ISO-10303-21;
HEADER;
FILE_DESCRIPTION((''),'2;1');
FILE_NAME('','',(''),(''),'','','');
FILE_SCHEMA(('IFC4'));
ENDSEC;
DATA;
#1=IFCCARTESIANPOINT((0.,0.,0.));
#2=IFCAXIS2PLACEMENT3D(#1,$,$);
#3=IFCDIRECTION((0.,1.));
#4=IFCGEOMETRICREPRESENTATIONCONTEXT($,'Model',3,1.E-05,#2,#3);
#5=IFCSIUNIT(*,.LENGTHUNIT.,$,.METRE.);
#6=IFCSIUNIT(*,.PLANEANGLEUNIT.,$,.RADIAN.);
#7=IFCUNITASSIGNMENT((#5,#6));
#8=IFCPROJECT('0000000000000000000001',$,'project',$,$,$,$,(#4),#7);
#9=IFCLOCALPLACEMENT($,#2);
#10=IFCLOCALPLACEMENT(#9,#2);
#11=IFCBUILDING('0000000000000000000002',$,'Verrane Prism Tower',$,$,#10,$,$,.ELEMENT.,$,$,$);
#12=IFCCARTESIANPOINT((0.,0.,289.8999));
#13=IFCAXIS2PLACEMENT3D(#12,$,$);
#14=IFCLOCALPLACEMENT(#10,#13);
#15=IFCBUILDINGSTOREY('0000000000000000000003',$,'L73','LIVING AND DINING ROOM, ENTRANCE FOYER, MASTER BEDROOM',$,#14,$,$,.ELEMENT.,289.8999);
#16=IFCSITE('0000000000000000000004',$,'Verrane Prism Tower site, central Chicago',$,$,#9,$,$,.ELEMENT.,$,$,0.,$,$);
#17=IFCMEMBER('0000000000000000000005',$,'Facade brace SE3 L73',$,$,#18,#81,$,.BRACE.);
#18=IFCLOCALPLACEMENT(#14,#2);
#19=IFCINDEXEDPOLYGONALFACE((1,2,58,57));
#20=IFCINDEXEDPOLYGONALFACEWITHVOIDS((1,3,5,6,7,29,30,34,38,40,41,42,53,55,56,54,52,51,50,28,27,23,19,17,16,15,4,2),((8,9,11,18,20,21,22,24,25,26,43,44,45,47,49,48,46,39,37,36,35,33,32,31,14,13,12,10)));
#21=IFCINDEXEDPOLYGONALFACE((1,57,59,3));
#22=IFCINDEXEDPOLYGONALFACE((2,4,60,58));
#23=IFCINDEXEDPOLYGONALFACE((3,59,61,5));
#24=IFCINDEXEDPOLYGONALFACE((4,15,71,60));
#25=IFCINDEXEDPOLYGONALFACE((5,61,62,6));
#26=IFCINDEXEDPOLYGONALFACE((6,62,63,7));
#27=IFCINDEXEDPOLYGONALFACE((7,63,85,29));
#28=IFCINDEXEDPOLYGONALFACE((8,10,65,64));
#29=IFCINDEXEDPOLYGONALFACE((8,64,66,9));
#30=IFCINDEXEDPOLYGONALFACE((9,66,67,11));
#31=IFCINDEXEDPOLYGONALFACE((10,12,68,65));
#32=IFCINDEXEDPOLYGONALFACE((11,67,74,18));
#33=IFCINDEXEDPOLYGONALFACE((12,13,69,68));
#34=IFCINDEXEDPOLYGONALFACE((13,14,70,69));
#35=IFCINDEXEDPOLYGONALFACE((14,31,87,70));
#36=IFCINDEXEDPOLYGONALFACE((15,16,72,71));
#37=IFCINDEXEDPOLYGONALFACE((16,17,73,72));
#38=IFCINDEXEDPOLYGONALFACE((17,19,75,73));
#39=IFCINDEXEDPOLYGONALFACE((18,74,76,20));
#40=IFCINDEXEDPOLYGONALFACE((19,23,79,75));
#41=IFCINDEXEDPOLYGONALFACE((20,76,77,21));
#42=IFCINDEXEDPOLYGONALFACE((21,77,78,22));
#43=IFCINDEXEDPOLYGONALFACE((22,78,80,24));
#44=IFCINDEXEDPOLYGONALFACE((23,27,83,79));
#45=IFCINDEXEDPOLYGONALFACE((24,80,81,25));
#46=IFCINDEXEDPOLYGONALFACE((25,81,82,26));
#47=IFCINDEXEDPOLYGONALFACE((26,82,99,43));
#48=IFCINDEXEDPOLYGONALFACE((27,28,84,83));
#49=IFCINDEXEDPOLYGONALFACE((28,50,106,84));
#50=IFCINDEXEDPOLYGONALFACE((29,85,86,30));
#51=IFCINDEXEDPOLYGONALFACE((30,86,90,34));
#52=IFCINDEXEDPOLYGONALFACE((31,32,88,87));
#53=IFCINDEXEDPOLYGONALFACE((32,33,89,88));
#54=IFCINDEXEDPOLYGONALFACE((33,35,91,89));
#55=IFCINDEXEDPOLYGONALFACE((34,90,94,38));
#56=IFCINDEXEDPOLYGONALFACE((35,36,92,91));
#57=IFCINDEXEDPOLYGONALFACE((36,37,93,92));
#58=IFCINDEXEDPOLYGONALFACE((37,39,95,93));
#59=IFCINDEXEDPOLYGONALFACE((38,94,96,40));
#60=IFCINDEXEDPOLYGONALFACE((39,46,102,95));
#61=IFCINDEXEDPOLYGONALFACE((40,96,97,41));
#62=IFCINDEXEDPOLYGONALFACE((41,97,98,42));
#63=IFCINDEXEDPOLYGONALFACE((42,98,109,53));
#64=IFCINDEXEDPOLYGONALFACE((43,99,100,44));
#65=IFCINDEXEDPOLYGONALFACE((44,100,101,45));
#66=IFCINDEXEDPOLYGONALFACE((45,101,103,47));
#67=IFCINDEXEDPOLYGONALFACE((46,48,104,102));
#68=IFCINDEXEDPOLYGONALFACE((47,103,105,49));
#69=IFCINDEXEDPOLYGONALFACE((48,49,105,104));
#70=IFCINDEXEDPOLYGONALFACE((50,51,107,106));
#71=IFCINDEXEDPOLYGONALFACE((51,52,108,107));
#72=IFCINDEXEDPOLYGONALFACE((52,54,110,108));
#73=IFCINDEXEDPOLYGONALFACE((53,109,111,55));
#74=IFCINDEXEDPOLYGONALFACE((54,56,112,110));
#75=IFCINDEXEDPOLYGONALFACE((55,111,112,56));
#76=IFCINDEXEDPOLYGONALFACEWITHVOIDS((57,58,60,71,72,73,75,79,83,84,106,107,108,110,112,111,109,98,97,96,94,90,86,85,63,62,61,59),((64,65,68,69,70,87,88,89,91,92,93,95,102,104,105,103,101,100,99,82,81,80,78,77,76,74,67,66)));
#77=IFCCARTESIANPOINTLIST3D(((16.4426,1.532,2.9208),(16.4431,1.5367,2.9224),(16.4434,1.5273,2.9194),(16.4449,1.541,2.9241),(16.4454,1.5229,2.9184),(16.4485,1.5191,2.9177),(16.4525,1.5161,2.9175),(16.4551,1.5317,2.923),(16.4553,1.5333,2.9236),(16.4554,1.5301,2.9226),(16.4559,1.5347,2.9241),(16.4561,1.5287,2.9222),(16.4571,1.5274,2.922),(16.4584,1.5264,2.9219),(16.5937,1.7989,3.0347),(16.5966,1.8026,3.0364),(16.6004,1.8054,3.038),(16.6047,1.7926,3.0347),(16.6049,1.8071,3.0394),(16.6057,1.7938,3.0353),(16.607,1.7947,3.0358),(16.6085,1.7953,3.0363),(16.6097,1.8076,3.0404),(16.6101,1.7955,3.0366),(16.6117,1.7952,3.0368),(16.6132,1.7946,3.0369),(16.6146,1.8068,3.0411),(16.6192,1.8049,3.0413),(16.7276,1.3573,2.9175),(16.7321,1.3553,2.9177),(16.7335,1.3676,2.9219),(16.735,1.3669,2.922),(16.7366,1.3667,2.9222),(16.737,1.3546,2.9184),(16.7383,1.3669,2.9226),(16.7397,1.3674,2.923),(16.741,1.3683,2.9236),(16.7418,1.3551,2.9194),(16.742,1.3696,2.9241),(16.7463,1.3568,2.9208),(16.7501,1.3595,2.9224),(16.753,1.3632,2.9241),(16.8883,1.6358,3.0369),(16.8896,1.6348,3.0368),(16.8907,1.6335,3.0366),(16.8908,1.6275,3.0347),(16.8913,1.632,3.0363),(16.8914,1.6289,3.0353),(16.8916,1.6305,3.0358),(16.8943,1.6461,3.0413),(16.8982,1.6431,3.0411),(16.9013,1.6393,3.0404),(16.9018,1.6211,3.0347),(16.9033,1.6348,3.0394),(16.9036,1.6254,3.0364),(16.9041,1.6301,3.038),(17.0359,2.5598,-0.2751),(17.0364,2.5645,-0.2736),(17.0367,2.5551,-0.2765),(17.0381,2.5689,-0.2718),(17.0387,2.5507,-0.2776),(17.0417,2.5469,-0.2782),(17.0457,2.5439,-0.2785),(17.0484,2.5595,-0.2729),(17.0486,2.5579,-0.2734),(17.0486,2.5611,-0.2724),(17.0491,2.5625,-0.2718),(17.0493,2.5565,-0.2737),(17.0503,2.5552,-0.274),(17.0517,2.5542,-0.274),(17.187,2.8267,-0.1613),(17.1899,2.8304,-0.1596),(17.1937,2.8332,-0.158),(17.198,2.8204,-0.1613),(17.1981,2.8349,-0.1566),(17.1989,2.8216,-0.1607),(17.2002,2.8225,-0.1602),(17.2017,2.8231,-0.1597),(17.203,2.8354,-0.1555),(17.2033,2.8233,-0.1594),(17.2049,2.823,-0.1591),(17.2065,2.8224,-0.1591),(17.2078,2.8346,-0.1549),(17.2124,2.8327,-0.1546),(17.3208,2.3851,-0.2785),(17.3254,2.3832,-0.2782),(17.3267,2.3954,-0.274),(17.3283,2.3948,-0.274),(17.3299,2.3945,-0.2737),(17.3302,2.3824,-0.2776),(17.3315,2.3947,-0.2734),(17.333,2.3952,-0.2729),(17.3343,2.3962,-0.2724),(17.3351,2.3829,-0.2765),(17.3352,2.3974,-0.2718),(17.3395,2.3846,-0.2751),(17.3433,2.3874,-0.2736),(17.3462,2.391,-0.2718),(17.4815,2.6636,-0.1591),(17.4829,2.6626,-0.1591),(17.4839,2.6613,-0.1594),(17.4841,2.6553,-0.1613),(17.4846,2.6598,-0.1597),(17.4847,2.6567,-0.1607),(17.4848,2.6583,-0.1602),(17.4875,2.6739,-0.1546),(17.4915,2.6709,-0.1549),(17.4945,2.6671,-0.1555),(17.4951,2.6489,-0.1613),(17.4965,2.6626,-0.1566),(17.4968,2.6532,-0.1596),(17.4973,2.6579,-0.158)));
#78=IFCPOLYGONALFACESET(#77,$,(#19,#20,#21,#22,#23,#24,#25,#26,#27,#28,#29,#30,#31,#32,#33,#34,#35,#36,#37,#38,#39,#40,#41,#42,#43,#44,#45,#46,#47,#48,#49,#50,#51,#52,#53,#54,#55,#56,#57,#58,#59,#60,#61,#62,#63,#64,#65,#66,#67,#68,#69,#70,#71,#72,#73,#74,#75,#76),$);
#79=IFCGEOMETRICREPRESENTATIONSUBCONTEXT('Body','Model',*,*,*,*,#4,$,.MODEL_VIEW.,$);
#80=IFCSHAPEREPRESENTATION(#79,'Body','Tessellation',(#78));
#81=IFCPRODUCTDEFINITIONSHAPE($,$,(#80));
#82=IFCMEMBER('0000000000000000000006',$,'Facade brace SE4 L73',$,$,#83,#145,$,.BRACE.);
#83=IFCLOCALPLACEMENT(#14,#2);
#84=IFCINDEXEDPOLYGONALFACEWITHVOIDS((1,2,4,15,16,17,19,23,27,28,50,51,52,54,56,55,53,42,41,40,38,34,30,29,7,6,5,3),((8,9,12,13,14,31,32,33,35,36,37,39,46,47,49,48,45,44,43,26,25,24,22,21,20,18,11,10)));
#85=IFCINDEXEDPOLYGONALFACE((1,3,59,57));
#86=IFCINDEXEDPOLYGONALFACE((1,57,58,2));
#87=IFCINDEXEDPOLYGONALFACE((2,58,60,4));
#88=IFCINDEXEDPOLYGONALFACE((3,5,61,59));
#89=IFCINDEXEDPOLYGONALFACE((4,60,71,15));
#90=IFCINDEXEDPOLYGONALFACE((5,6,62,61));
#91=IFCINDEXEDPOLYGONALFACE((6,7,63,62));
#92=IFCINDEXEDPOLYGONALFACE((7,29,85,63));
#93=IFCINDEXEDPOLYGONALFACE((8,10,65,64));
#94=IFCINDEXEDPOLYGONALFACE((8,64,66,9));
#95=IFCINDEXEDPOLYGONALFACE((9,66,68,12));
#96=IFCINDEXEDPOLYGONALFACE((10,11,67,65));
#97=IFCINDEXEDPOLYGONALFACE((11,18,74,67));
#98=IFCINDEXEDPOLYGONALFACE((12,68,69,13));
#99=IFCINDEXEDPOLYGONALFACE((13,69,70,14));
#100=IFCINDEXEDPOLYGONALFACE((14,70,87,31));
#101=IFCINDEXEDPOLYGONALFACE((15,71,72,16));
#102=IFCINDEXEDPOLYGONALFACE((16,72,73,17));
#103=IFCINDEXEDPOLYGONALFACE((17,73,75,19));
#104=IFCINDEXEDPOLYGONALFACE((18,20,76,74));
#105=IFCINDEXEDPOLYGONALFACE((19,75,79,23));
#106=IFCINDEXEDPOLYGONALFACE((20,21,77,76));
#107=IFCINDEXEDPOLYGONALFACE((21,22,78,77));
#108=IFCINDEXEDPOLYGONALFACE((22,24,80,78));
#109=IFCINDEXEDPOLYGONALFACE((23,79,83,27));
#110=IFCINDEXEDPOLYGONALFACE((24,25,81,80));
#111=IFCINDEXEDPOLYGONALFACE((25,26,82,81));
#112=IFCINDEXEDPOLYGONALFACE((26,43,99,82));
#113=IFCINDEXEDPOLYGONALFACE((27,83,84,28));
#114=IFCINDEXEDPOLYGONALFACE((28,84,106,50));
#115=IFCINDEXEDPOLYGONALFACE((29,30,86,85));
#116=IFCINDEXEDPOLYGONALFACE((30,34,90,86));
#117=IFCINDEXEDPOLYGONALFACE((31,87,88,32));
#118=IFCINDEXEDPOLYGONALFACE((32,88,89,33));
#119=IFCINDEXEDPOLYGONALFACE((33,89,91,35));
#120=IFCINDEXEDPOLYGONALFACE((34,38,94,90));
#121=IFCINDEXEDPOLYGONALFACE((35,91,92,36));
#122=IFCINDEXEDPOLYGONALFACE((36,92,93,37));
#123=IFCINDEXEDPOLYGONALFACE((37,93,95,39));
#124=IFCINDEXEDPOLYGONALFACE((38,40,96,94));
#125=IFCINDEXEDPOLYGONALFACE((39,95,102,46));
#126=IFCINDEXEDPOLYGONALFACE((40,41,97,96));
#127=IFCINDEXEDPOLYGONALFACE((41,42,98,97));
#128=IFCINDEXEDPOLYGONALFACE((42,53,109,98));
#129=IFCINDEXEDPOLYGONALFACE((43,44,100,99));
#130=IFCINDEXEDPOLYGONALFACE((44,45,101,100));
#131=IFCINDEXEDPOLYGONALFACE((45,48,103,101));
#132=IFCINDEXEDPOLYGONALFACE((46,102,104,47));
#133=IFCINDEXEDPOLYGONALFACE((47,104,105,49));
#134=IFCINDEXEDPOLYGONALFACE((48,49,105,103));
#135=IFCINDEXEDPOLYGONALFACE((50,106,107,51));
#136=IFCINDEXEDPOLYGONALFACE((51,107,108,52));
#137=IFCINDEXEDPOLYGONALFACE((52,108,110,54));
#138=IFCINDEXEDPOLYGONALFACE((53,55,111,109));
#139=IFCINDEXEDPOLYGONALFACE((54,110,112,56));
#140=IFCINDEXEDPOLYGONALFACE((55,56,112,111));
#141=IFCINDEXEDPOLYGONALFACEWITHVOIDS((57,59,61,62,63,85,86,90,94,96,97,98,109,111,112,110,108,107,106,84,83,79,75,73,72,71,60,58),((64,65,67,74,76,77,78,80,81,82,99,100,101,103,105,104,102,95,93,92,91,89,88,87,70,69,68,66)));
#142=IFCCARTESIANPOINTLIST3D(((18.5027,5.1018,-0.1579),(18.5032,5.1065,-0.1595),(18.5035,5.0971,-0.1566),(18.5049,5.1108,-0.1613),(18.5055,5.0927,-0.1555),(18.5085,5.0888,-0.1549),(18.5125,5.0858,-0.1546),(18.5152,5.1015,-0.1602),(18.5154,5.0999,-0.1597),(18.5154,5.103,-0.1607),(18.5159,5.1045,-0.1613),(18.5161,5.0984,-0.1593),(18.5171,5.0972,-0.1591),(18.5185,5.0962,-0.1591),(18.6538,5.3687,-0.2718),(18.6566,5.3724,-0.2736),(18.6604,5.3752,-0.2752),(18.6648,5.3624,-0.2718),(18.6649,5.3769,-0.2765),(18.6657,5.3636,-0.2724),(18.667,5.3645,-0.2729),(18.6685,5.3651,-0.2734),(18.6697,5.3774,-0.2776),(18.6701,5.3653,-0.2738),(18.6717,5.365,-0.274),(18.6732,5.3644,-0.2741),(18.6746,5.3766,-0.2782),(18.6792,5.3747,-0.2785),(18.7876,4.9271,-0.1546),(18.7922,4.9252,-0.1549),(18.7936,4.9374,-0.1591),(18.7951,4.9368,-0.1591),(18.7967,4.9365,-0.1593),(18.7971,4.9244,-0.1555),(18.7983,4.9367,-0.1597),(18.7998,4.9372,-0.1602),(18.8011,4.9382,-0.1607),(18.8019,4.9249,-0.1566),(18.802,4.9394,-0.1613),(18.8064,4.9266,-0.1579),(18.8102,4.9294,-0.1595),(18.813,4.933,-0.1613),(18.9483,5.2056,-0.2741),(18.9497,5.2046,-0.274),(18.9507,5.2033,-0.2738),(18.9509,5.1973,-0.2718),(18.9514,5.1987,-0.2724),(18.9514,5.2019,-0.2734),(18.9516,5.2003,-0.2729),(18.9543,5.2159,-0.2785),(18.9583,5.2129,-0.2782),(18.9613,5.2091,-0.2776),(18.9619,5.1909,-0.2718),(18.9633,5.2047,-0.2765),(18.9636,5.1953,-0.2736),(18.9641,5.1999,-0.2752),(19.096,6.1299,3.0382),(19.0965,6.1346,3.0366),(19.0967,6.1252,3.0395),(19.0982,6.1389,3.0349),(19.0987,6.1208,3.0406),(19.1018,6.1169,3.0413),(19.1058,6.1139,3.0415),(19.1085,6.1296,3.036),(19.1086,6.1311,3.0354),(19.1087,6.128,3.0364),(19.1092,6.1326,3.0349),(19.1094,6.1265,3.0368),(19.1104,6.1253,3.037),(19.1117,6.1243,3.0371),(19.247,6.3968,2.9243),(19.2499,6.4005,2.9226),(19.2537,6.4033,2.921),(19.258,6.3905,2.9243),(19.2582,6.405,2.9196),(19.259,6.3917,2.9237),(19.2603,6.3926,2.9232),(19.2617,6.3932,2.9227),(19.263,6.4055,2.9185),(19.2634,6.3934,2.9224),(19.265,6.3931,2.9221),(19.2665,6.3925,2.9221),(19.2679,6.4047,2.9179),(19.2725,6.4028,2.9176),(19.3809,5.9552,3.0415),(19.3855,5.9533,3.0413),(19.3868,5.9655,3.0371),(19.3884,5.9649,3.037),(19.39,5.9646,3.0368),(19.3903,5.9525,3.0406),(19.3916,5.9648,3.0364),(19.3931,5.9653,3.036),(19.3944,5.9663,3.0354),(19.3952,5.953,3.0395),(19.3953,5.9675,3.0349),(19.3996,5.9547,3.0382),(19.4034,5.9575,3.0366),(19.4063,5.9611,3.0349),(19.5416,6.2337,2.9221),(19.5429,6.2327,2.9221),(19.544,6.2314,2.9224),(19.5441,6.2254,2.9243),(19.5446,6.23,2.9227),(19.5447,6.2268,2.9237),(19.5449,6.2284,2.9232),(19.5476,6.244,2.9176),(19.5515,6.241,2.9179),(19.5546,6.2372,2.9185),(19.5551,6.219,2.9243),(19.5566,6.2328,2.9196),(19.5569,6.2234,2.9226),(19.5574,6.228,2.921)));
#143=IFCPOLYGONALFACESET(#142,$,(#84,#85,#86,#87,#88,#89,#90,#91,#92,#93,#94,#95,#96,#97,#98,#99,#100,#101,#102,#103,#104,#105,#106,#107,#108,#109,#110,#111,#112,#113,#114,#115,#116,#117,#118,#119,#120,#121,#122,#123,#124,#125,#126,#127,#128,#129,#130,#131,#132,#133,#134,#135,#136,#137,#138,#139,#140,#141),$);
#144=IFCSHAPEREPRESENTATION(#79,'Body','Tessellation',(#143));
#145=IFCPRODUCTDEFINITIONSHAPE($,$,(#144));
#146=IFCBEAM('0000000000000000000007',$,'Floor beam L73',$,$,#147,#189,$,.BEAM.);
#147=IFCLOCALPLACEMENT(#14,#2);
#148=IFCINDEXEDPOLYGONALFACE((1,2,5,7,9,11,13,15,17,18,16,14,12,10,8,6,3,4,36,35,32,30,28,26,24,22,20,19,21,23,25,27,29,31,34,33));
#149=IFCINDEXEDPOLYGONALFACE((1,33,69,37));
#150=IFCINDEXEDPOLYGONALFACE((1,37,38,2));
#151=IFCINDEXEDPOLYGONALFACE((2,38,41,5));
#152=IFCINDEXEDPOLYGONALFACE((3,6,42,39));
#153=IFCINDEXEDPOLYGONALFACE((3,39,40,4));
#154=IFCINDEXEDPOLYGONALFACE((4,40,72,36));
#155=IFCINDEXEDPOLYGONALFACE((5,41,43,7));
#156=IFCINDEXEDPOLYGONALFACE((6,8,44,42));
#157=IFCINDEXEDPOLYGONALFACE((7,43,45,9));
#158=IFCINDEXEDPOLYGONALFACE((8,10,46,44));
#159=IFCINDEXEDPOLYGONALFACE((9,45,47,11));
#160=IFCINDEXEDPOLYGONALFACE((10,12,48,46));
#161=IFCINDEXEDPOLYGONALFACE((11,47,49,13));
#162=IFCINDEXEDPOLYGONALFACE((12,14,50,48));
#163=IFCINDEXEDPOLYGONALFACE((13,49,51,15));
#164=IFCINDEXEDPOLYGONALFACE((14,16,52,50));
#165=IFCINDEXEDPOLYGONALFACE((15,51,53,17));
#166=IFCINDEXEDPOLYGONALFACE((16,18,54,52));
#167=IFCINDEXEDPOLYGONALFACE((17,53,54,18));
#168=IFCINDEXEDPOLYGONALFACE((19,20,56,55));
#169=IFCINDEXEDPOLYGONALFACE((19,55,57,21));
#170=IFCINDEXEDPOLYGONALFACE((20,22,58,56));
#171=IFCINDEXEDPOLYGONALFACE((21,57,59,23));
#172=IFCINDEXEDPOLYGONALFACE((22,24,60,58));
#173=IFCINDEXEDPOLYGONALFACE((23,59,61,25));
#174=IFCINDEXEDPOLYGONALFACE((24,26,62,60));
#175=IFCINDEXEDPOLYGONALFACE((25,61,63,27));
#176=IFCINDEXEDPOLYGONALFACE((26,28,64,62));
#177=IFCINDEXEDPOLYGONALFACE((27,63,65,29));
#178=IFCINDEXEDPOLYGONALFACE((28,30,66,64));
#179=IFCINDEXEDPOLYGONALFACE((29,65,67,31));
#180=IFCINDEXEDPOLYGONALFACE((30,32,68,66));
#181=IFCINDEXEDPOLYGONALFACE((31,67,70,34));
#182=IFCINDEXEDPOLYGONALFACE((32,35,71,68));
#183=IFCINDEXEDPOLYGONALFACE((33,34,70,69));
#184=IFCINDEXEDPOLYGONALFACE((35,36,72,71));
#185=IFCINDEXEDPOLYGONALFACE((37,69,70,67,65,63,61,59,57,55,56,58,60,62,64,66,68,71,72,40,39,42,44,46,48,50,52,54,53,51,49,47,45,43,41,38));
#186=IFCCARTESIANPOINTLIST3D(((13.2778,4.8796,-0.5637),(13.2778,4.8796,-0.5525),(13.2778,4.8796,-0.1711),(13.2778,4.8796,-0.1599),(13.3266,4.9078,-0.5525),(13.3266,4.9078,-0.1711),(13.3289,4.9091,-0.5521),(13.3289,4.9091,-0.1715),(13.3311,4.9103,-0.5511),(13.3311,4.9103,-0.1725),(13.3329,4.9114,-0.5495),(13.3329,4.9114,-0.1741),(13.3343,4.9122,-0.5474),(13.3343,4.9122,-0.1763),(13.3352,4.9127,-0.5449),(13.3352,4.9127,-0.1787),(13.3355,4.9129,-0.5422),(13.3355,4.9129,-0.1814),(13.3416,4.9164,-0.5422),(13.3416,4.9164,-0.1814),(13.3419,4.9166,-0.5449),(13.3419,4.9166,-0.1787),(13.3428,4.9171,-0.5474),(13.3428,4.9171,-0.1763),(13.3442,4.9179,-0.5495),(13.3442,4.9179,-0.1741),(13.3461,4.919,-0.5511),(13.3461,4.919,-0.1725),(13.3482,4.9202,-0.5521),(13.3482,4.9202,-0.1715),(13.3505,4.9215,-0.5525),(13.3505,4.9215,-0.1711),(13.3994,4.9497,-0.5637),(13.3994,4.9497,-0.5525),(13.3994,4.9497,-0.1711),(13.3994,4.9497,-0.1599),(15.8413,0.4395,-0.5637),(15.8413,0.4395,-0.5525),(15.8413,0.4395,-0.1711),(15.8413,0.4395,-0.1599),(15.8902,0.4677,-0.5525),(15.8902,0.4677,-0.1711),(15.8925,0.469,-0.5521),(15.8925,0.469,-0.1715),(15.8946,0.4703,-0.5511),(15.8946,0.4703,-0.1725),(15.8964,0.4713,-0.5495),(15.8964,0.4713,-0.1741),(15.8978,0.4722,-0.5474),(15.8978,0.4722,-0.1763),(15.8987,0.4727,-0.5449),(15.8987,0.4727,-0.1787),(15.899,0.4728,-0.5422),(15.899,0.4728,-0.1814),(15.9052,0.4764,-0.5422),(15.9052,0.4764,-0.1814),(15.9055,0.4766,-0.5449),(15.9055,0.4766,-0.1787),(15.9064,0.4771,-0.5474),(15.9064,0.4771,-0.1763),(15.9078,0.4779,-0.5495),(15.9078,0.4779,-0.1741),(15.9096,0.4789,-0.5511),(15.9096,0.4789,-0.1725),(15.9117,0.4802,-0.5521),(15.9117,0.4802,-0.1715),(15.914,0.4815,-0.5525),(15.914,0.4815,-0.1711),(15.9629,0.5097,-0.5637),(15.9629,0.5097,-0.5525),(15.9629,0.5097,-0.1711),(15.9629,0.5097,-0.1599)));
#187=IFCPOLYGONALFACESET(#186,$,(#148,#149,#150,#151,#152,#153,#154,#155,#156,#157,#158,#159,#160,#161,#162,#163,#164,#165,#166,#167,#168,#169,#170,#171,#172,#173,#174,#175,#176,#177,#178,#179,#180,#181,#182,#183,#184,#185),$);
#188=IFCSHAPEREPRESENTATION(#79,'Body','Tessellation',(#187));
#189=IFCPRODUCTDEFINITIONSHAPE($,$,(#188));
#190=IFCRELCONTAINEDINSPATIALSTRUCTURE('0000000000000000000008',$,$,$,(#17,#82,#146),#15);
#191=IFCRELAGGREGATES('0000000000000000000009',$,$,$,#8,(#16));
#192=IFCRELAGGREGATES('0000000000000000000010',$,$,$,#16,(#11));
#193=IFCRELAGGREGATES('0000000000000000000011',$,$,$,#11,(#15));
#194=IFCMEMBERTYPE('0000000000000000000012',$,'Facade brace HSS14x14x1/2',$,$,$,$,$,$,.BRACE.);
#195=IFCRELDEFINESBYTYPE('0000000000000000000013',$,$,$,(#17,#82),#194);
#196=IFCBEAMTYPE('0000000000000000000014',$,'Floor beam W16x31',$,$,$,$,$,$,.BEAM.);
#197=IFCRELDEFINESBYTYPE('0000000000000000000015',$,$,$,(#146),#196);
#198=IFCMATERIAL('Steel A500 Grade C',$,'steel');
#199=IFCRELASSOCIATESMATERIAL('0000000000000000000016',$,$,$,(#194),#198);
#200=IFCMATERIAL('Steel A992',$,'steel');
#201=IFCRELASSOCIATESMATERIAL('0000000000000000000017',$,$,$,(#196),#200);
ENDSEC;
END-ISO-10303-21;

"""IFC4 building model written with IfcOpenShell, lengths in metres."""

from ifc_helpers import new_model, si_unit, direction, frame, origin, origin_2d, place, context, subcontext, project, spatial, hollow_rectangle, i_section, extrude, material, material_profile, profile_set, type_object, element, save


model = new_model("IFC4")

# Units and contexts
model_context = context("Model", 3, precision=1e-05, world=origin(), true_north=direction((0.0, 1.0)))
body_context = subcontext(model_context, "Body", "Model", "MODEL_VIEW")
ifc_project = project(units=[si_unit("LENGTHUNIT", "METRE"), si_unit("PLANEANGLEUNIT", "RADIAN")], contexts=[model_context])

# Site, building, storey
site_placement = place(None, origin())
site = spatial("IfcSite", under=ifc_project, at=site_placement, Name="Verrane Prism Tower site, central Chicago", CompositionType="ELEMENT", RefElevation=0.0)
building_placement = place(site_placement, origin())
building = spatial("IfcBuilding", under=site, at=building_placement, Name="Verrane Prism Tower", CompositionType="ELEMENT")
storey_placement = place(building_placement, frame((0.0, 0.0, 289.8999)))
storey = spatial("IfcBuildingStorey", under=building, at=storey_placement, Name="L73", Description="LIVING AND DINING ROOM, ENTRANCE FOYER, MASTER BEDROOM", CompositionType="ELEMENT", Elevation=289.8999)

# Members
ifc_material_1 = material(Name="Steel A500 Grade C", Category="steel")
ifc_material_profile_1 = material_profile(ifc_material_1, hollow_rectangle(XDim=0.3557, YDim=0.3557, WallThickness=0.0127, InnerFilletRadius=0.0063, OuterFilletRadius=0.019, at=origin_2d()), Name="HSS14x14x1/2")
ifc_profile_set_1 = profile_set([ifc_material_profile_1], Name="Steel A500 Grade C")
member_type_1 = type_object("IfcMemberType", Name="Facade brace HSS14x14x1/2", PredefinedType="BRACE", material=ifc_profile_set_1)
member_1_placement = place(storey_placement, frame((17.2666, 2.6089, -0.2166), z_axis=(-0.174014, -0.301482, 0.937458), x_axis=(0.866083, -0.499901, 0.0)))
element("IfcMember", 1, at=member_1_placement, inside=storey, type_object=member_type_1, Name="Facade brace SE3 L73", PredefinedType="BRACE", context=body_context, shape_type="SweptSolid", body=[
    extrude(hollow_rectangle(XDim=0.3557, YDim=0.3557, WallThickness=0.0127, InnerFilletRadius=0.0063, OuterFilletRadius=0.019, at=origin_2d()), origin(), (0.0, 0.0, 1.0), 3.4092),
])
member_2_placement = place(storey_placement, frame((18.7334, 5.1509, -0.2166), z_axis=(0.174011, 0.301547, 0.937438), x_axis=(-0.866134, 0.499811, 0.0)))
element("IfcMember", 2, at=member_2_placement, inside=storey, type_object=member_type_1, Name="Facade brace SE4 L73", PredefinedType="BRACE", context=body_context, shape_type="SweptSolid", body=[
    extrude(hollow_rectangle(XDim=0.3557, YDim=0.3557, WallThickness=0.0127, InnerFilletRadius=0.0063, OuterFilletRadius=0.019, at=origin_2d()), origin(), (0.0, 0.0, 1.0), 3.4094),
])

# Beam
ifc_material_2 = material(Name="Steel A992", Category="steel")
ifc_material_profile_2 = material_profile(ifc_material_2, i_section(OverallWidth=0.1404, OverallDepth=0.4038, WebThickness=0.0071, FlangeThickness=0.0112, FilletRadius=0.0103, at=origin_2d()), Name="W16x31")
ifc_profile_set_2 = profile_set([ifc_material_profile_2], Name="Steel A992")
beam_type_1 = type_object("IfcBeamType", Name="Floor beam W16x31", PredefinedType="BEAM", material=ifc_profile_set_2)
beam_1_placement = place(storey_placement, frame((15.9021, 0.4746, -0.3618), z_axis=(-0.500011, 0.866019, 0.0), x_axis=(-0.866019, -0.500011, 0.0)))
element("IfcBeam", 3, at=beam_1_placement, inside=storey, type_object=beam_type_1, Name="Floor beam L73", PredefinedType="BEAM", context=body_context, shape_type="SweptSolid", body=[
    extrude(i_section(OverallWidth=0.1404, OverallDepth=0.4038, WebThickness=0.0071, FlangeThickness=0.0112, FilletRadius=0.0103, at=origin_2d()), origin(), (0.0, 0.0, 1.0), 5.127),
])

save(model, "model.ifc")
